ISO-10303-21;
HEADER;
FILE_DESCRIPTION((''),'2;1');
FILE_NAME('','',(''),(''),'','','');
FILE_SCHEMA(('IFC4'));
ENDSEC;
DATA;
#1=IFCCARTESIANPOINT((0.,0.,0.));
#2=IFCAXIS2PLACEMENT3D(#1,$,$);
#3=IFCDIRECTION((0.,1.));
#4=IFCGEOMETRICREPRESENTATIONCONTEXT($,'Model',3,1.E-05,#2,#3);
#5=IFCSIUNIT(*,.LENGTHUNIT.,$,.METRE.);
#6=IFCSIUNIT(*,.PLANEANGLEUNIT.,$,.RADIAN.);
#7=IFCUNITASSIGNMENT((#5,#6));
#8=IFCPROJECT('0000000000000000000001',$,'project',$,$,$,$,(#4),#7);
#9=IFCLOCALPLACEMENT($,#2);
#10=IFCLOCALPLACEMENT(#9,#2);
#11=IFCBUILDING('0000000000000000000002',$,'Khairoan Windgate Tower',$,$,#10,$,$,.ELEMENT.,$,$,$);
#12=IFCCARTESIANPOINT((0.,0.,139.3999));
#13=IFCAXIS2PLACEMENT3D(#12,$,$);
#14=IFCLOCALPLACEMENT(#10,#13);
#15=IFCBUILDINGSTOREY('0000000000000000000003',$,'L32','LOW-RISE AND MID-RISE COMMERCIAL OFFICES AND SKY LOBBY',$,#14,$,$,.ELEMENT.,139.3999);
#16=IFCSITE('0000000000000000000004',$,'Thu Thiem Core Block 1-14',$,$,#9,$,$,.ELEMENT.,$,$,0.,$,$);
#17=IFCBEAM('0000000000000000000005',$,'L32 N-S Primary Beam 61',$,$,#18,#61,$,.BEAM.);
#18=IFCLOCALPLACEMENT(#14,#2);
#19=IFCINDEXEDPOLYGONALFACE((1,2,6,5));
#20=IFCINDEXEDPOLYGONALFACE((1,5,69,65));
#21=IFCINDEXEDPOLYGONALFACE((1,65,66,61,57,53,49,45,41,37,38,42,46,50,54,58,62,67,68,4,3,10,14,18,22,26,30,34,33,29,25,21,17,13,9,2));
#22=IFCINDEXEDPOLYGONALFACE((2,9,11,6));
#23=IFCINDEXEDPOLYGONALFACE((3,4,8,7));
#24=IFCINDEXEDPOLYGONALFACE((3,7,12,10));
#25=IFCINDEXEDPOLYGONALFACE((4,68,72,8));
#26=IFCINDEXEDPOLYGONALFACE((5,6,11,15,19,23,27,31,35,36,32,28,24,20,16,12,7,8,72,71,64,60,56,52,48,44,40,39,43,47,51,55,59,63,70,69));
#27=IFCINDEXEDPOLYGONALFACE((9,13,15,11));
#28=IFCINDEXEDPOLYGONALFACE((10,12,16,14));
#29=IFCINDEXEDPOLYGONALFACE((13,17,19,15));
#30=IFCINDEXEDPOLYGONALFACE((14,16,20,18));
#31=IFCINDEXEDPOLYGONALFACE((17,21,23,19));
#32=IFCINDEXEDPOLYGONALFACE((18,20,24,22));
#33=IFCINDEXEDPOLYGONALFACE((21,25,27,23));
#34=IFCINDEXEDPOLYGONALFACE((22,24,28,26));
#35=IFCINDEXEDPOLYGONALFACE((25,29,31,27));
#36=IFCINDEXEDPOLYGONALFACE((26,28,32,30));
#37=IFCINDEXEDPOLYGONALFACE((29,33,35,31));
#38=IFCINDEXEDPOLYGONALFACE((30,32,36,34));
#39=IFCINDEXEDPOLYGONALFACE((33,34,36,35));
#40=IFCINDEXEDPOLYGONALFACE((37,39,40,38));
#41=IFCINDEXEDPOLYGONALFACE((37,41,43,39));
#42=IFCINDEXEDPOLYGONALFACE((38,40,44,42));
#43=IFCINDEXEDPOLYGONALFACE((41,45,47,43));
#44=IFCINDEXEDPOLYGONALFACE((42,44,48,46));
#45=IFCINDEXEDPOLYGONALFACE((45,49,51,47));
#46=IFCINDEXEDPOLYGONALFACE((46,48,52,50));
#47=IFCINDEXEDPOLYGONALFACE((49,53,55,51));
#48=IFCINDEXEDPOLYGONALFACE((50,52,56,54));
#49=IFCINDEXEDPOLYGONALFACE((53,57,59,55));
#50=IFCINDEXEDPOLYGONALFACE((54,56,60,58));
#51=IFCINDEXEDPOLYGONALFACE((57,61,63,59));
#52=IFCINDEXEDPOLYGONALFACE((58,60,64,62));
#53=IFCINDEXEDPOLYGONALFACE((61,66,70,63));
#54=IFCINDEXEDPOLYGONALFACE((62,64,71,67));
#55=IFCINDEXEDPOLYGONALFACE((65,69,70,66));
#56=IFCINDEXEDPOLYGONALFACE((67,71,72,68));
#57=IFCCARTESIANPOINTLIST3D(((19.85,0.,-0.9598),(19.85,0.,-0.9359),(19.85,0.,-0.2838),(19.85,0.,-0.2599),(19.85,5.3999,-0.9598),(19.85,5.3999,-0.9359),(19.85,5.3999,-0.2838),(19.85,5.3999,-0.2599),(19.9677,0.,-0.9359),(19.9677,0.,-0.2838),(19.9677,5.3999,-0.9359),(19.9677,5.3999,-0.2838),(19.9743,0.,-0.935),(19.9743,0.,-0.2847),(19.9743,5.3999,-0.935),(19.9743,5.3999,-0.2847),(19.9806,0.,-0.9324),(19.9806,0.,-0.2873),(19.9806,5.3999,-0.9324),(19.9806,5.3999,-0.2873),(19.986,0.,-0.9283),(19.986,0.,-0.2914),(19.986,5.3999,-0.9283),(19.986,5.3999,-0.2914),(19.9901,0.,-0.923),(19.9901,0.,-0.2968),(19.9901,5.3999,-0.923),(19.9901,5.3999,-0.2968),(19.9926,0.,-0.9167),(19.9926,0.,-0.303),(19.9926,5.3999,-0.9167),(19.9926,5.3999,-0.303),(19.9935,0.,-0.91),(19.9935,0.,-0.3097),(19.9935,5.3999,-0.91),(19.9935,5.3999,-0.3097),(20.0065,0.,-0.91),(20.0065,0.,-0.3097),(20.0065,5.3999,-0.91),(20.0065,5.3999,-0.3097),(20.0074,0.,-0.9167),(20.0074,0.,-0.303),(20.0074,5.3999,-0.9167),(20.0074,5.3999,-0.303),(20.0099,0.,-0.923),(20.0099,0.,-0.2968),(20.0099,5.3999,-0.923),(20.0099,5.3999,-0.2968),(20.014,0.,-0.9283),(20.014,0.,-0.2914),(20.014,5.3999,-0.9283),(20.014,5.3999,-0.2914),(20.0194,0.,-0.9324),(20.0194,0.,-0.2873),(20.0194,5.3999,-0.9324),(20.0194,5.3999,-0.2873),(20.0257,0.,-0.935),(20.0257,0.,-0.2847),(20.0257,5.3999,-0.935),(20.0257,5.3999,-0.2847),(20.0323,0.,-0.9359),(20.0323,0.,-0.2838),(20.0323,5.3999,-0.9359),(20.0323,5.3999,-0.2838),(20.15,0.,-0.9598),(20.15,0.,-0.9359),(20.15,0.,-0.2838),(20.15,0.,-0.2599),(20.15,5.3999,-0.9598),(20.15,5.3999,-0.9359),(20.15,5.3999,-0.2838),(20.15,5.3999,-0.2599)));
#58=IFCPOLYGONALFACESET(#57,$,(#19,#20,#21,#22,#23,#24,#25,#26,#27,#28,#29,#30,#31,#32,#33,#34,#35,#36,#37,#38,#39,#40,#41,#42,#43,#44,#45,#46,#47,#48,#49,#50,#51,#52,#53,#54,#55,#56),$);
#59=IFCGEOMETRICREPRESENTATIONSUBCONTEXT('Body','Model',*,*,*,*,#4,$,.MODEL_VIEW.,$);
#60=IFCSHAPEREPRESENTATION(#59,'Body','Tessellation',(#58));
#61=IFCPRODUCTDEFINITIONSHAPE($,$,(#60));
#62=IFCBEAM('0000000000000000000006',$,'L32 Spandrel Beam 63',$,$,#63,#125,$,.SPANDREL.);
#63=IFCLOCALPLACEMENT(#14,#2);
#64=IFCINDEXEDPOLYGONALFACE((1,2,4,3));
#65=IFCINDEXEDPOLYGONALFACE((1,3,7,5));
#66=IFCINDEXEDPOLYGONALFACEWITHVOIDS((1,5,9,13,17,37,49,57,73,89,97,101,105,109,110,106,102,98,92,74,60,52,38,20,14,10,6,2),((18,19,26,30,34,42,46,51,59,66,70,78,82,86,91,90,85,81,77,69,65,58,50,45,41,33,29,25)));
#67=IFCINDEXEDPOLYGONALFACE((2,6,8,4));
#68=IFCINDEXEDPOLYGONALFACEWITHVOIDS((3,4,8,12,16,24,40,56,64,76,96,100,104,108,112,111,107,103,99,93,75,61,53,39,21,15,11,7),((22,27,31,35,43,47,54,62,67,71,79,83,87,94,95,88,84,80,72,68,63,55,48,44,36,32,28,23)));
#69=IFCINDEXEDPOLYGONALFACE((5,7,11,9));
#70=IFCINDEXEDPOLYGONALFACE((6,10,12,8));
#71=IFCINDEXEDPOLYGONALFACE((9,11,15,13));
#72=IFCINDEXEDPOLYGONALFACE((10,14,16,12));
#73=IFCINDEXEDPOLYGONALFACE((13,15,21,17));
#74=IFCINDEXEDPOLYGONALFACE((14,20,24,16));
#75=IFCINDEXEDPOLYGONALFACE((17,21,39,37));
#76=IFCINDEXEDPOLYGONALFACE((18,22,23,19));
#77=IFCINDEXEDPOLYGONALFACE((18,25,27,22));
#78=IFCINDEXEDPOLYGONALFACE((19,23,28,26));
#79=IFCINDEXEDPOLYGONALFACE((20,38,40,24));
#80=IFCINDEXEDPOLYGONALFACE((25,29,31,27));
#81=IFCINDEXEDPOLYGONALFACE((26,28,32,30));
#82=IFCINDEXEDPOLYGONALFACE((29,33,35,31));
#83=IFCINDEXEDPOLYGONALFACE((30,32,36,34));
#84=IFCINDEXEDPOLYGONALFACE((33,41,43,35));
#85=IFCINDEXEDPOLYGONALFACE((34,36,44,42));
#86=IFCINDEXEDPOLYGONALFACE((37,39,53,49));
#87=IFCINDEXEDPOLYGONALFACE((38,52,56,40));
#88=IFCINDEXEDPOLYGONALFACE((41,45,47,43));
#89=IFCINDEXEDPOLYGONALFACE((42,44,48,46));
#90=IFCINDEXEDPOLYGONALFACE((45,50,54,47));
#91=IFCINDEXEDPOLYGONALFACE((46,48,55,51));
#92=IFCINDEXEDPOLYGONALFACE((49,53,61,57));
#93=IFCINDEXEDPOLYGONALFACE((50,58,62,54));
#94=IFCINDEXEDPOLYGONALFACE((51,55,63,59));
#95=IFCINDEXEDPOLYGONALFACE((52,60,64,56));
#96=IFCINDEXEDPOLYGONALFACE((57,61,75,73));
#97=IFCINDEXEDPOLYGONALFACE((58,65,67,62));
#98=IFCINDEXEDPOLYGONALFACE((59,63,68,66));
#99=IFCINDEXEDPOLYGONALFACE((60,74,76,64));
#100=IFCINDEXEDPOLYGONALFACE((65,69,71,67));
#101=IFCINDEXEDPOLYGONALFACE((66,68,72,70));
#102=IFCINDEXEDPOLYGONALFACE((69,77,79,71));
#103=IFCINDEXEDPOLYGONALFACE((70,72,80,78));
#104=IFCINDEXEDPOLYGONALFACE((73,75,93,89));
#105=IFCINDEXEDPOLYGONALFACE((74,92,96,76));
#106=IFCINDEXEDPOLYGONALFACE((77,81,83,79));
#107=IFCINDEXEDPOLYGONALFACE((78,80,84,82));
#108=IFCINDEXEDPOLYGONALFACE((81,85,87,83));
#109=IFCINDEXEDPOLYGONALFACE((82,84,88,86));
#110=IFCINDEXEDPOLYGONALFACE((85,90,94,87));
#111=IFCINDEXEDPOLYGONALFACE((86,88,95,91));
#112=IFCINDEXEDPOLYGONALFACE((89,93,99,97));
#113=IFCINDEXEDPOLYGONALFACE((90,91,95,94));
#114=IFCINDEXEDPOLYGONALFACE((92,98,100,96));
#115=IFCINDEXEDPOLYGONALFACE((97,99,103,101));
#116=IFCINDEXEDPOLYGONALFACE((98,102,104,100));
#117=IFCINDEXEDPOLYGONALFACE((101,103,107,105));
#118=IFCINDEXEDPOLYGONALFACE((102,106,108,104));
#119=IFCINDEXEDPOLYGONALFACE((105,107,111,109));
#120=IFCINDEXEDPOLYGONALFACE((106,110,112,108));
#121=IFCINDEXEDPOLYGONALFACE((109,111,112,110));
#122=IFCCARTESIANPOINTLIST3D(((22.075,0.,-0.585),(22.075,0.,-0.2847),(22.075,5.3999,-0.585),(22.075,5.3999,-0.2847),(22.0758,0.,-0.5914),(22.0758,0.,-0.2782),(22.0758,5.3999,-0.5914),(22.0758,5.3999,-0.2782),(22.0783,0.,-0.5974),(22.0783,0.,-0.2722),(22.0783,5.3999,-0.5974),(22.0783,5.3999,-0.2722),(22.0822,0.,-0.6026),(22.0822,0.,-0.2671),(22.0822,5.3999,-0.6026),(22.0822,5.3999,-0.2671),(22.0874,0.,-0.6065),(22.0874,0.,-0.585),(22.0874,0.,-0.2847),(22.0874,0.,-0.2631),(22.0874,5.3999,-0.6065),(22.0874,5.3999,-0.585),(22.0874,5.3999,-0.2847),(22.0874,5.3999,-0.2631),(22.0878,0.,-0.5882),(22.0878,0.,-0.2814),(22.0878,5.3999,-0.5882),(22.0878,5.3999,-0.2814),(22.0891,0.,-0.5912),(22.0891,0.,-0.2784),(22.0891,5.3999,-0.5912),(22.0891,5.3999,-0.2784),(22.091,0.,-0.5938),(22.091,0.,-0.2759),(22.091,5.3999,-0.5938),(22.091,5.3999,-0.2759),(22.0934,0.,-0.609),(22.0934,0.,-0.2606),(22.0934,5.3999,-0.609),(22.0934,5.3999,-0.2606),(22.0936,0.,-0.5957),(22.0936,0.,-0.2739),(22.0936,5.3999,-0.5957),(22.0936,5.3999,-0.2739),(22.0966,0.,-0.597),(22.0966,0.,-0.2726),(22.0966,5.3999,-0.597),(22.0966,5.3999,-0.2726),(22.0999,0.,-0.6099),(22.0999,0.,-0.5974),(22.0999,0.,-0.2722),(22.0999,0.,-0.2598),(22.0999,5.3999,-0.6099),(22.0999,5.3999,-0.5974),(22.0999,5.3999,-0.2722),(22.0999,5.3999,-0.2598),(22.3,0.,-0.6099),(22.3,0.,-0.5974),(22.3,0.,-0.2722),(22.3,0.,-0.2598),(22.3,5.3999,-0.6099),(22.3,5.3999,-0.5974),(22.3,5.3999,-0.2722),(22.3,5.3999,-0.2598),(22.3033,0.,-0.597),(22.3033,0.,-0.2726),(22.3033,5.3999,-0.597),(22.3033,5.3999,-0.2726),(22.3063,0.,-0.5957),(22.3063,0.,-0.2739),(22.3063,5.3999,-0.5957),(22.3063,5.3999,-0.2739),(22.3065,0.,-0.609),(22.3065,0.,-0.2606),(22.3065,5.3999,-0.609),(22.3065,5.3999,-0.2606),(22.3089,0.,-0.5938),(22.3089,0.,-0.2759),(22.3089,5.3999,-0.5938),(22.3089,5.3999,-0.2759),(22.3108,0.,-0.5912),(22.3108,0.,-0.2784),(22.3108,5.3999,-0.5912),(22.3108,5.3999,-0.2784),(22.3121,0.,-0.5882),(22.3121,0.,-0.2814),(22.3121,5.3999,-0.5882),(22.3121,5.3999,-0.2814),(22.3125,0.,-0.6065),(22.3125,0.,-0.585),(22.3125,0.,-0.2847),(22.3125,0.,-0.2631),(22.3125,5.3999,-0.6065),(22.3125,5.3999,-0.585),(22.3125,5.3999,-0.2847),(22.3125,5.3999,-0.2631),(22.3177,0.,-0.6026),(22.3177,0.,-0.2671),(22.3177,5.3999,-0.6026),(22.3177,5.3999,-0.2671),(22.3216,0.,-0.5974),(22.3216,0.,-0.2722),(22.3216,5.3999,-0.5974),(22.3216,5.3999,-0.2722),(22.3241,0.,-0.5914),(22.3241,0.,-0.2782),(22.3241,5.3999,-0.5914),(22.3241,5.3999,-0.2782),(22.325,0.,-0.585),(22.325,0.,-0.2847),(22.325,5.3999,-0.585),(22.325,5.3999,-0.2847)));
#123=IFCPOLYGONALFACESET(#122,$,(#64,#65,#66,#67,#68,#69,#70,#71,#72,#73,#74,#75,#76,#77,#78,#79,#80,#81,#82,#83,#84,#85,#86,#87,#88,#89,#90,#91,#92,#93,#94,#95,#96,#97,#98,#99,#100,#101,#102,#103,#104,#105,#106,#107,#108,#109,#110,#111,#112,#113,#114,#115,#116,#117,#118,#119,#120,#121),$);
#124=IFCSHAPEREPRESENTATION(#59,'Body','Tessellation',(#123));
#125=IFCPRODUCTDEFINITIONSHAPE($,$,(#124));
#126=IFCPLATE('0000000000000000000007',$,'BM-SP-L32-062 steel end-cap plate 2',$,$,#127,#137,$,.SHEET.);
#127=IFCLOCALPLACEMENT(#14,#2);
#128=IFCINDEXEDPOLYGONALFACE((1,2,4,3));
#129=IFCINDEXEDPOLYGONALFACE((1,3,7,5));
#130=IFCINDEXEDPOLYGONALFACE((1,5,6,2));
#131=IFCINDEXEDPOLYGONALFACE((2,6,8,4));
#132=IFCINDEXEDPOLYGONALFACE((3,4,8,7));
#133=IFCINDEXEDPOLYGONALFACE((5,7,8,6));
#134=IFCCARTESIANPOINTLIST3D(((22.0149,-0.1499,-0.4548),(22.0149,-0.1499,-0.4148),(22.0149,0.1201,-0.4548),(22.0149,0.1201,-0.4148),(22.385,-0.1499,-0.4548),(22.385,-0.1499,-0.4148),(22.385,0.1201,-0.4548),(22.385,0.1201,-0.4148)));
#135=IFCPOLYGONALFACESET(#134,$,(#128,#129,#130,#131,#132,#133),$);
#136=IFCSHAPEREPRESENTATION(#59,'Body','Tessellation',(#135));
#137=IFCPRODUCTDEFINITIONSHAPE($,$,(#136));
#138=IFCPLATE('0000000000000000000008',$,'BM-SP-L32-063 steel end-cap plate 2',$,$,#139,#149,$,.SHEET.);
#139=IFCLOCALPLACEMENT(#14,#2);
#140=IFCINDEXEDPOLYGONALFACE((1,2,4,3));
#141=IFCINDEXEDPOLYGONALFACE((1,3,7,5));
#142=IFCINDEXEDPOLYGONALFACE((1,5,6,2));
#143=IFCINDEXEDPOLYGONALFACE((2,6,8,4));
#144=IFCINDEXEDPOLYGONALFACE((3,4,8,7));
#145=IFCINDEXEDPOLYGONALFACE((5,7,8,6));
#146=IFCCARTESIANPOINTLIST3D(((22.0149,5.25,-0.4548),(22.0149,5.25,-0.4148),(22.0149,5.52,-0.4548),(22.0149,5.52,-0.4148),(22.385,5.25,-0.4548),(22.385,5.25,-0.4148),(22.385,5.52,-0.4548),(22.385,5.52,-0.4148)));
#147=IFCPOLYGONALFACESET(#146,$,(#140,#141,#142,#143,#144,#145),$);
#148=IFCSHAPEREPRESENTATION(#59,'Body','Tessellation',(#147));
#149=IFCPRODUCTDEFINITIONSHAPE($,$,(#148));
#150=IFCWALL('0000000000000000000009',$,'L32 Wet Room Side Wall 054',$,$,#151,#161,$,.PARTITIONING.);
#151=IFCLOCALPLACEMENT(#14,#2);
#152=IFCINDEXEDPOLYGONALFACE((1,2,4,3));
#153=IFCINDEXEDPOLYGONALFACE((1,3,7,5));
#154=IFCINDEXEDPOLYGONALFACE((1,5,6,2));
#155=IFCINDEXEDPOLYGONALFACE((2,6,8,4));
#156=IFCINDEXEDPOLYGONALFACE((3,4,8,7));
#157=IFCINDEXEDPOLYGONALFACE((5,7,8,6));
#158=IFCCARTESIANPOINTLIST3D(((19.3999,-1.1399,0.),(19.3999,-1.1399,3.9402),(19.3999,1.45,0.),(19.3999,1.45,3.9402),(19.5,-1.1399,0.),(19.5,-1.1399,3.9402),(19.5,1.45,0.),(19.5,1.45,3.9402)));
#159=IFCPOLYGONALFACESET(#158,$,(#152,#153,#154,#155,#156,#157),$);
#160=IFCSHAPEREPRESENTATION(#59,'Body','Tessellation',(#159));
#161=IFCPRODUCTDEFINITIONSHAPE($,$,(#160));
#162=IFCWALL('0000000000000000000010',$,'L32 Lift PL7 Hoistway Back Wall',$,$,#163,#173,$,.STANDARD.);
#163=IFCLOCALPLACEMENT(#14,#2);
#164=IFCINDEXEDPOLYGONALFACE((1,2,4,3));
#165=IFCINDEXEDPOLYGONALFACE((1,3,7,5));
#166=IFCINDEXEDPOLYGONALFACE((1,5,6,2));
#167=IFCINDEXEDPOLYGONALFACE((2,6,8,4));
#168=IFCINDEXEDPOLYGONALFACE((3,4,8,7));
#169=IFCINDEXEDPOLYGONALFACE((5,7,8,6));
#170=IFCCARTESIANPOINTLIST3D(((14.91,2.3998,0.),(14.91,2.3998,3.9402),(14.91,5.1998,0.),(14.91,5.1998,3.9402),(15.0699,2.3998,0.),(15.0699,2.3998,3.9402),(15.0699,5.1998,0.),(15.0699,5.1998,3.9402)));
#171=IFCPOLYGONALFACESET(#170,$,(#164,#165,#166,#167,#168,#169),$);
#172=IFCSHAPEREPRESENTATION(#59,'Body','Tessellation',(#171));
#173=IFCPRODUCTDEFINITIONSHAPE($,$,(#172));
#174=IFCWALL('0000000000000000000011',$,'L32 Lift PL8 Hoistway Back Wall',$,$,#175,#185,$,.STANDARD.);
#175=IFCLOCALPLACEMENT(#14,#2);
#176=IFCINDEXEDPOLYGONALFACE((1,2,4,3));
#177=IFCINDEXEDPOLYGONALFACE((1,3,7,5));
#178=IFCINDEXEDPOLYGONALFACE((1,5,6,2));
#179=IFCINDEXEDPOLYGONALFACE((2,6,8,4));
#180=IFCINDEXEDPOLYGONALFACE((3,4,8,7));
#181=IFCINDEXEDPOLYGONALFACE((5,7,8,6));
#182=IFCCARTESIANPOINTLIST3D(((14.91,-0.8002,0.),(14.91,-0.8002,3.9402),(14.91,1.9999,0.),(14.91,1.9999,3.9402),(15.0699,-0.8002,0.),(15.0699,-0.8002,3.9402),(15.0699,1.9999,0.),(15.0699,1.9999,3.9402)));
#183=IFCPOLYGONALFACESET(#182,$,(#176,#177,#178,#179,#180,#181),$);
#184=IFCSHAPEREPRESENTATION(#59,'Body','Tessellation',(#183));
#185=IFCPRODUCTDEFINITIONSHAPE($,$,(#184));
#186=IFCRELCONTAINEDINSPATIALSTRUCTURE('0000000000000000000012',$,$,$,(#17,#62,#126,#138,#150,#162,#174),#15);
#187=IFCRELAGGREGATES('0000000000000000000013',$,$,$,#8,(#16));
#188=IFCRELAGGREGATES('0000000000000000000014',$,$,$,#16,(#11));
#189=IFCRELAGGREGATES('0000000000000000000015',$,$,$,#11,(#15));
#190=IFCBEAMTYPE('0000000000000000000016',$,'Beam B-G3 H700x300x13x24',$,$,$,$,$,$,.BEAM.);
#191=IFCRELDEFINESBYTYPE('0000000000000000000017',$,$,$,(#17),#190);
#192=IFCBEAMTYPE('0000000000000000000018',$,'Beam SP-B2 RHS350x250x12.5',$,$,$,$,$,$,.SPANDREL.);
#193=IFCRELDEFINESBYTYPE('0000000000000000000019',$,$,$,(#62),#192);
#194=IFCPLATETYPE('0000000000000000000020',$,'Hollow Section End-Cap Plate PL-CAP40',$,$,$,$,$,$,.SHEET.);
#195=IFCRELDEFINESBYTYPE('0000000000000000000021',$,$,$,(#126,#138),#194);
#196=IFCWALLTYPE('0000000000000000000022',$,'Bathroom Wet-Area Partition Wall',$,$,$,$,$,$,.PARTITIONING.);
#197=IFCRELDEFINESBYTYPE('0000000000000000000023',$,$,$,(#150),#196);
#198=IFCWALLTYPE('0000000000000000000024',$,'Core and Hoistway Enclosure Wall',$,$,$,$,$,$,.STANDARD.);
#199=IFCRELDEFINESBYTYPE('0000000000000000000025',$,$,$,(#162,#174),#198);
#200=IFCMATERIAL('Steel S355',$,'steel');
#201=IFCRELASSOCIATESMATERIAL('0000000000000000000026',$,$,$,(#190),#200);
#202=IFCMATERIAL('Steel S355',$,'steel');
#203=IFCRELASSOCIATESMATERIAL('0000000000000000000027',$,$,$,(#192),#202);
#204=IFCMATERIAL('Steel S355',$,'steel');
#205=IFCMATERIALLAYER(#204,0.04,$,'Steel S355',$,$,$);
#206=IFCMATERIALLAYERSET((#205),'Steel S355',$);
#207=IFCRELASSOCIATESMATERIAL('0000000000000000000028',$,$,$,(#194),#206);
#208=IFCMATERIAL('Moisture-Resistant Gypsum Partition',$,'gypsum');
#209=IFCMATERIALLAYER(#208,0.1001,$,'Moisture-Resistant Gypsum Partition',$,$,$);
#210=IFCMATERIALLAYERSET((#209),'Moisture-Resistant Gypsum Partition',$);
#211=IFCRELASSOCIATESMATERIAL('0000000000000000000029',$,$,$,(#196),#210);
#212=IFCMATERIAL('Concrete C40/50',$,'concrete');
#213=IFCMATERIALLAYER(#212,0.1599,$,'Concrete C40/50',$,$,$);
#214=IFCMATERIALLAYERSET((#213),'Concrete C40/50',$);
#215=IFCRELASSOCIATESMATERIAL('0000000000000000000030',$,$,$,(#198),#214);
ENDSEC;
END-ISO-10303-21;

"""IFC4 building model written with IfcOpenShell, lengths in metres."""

from ifc_helpers import new_model, si_unit, direction, frame, frame_2d, origin, origin_2d, place, context, subcontext, project, spatial, rectangle, hollow_rectangle, i_section, extrude, material, layer, layer_set, material_profile, profile_set, type_object, element, save


model = new_model("IFC4")

# Units and contexts
model_context = context("Model", 3, precision=1e-05, world=origin(), true_north=direction((0.0, 1.0)))
body_context = subcontext(model_context, "Body", "Model", "MODEL_VIEW")
ifc_project = project(units=[si_unit("LENGTHUNIT", "METRE"), si_unit("PLANEANGLEUNIT", "RADIAN")], contexts=[model_context])

# Site, building, storey
site_placement = place(None, origin())
site = spatial("IfcSite", under=ifc_project, at=site_placement, Name="Thu Thiem Core Block 1-14", CompositionType="ELEMENT", RefElevation=0.0)
building_placement = place(site_placement, origin())
building = spatial("IfcBuilding", under=site, at=building_placement, Name="Khairoan Windgate Tower", CompositionType="ELEMENT")
storey_placement = place(building_placement, frame((0.0, 0.0, 139.3999)))
storey = spatial("IfcBuildingStorey", under=building, at=storey_placement, Name="L32", Description="LOW-RISE AND MID-RISE COMMERCIAL OFFICES AND SKY LOBBY", CompositionType="ELEMENT", Elevation=139.3999)

# Beams
ifc_material_1 = material(Name="Steel S355", Category="steel")
ifc_material_profile_1 = material_profile(ifc_material_1, i_section(OverallWidth=0.3, OverallDepth=0.7, WebThickness=0.0129, FlangeThickness=0.0239, FilletRadius=0.0259, at=origin_2d()))
ifc_profile_set_1 = profile_set([ifc_material_profile_1], Name="Steel S355")
beam_type_1 = type_object("IfcBeamType", Name="Beam B-G3 H700x300x13x24", PredefinedType="BEAM", material=ifc_profile_set_1)
beam_1_placement = place(storey_placement, frame((20.0, 0.0, -0.6099), z_axis=(0.0, 1.0, 0.0), x_axis=(-1.0, 0.0, 0.0)))
element("IfcBeam", 1, at=beam_1_placement, inside=storey, type_object=beam_type_1, Name="L32 N-S Primary Beam 61", PredefinedType="BEAM", context=body_context, shape_type="SweptSolid", body=[
    extrude(i_section(OverallWidth=0.3, OverallDepth=0.7, WebThickness=0.0129, FlangeThickness=0.0239, FilletRadius=0.0259, at=origin_2d()), origin(), (0.0, 0.0, 1.0), 5.3999),
])
ifc_material_2 = material(Name="Steel S355", Category="steel")
ifc_material_profile_2 = material_profile(ifc_material_2, hollow_rectangle(XDim=0.25, YDim=0.3501, WallThickness=0.0125, InnerFilletRadius=0.0125, OuterFilletRadius=0.0249, at=origin_2d()))
ifc_profile_set_2 = profile_set([ifc_material_profile_2], Name="Steel S355")
beam_type_2 = type_object("IfcBeamType", Name="Beam SP-B2 RHS350x250x12.5", PredefinedType="SPANDREL", material=ifc_profile_set_2)
beam_2_placement = place(storey_placement, frame((22.2, 0.0, -0.4348), z_axis=(0.0, 1.0, 0.0), x_axis=(-1.0, 0.0, 0.0)))
element("IfcBeam", 2, at=beam_2_placement, inside=storey, type_object=beam_type_2, Name="L32 Spandrel Beam 63", PredefinedType="SPANDREL", context=body_context, shape_type="SweptSolid", body=[
    extrude(hollow_rectangle(XDim=0.25, YDim=0.3501, WallThickness=0.0125, InnerFilletRadius=0.0125, OuterFilletRadius=0.0249, at=origin_2d()), origin(), (0.0, 0.0, 1.0), 5.3999),
])

# Plates
ifc_material_3 = material(Name="Steel S355", Category="steel")
ifc_layer_1 = layer(ifc_material_3, 0.04, Name="Steel S355")
ifc_layer_set_1 = layer_set([ifc_layer_1], Name="Steel S355")
plate_type = type_object("IfcPlateType", Name="Hollow Section End-Cap Plate PL-CAP40", PredefinedType="SHEET", material=ifc_layer_set_1)
for number, where, z_axis, x_axis, name in (
    (3, (22.2, -0.0149, -0.4548), (0.0, 0.0, 1.0), (0.0, 1.0, 0.0), "BM-SP-L32-062 steel end-cap plate 2"),
    (4, (22.2, 5.385, -0.4548), (0.0, 0.0, 1.0), (0.0, 1.0, 0.0), "BM-SP-L32-063 steel end-cap plate 2"),
):
    element("IfcPlate", number, at=place(storey_placement, frame(where, z_axis=z_axis, x_axis=x_axis)), inside=storey, type_object=plate_type, Name=name, PredefinedType="SHEET", context=body_context, shape_type="SweptSolid", body=[
        extrude(rectangle(XDim=0.27, YDim=0.3701, at=origin_2d()), origin(), (0.0, 0.0, 1.0), 0.04),
    ])

# Walls
ifc_material_4 = material(Name="Moisture-Resistant Gypsum Partition", Category="gypsum")
ifc_layer_2 = layer(ifc_material_4, 0.1001, Name="Moisture-Resistant Gypsum Partition")
ifc_layer_set_2 = layer_set([ifc_layer_2], Name="Moisture-Resistant Gypsum Partition")
wall_type_1 = type_object("IfcWallType", Name="Bathroom Wet-Area Partition Wall", PredefinedType="PARTITIONING", material=ifc_layer_set_2)
wall_1_placement = place(storey_placement, frame((19.45, 1.45, 0.0), z_axis=(0.0, 0.0, 1.0), x_axis=(0.0, -1.0, 0.0)))
element("IfcWall", 5, at=wall_1_placement, inside=storey, type_object=wall_type_1, Name="L32 Wet Room Side Wall 054", PredefinedType="PARTITIONING", context=body_context, shape_type="SweptSolid", body=[
    extrude(rectangle(XDim=2.5898, YDim=0.1001, at=frame_2d((1.2949, 0.0))), origin(), (0.0, 0.0, 1.0), 3.9402),
])
ifc_material_5 = material(Name="Concrete C40/50", Category="concrete")
ifc_layer_3 = layer(ifc_material_5, 0.1599, Name="Concrete C40/50")
ifc_layer_set_3 = layer_set([ifc_layer_3], Name="Concrete C40/50")
wall_type_2 = type_object("IfcWallType", Name="Core and Hoistway Enclosure Wall", PredefinedType="STANDARD", material=ifc_layer_set_3)
for number, where, z_axis, x_axis, name in (
    (6, (14.99, 2.3999, 0.0), (0.0, 0.0, 1.0), (0.0, 1.0, 0.0), "L32 Lift PL7 Hoistway Back Wall"),
    (7, (14.99, -0.8, 0.0), (0.0, 0.0, 1.0), (0.0, 1.0, 0.0), "L32 Lift PL8 Hoistway Back Wall"),
):
    element("IfcWall", number, at=place(storey_placement, frame(where, z_axis=z_axis, x_axis=x_axis)), inside=storey, type_object=wall_type_2, Name=name, PredefinedType="STANDARD", context=body_context, shape_type="SweptSolid", body=[
        extrude(rectangle(XDim=2.8, YDim=0.1599, at=frame_2d((1.3999, 0.0))), origin(), (0.0, 0.0, 1.0), 3.9402),
    ])

save(model, "model.ifc")
